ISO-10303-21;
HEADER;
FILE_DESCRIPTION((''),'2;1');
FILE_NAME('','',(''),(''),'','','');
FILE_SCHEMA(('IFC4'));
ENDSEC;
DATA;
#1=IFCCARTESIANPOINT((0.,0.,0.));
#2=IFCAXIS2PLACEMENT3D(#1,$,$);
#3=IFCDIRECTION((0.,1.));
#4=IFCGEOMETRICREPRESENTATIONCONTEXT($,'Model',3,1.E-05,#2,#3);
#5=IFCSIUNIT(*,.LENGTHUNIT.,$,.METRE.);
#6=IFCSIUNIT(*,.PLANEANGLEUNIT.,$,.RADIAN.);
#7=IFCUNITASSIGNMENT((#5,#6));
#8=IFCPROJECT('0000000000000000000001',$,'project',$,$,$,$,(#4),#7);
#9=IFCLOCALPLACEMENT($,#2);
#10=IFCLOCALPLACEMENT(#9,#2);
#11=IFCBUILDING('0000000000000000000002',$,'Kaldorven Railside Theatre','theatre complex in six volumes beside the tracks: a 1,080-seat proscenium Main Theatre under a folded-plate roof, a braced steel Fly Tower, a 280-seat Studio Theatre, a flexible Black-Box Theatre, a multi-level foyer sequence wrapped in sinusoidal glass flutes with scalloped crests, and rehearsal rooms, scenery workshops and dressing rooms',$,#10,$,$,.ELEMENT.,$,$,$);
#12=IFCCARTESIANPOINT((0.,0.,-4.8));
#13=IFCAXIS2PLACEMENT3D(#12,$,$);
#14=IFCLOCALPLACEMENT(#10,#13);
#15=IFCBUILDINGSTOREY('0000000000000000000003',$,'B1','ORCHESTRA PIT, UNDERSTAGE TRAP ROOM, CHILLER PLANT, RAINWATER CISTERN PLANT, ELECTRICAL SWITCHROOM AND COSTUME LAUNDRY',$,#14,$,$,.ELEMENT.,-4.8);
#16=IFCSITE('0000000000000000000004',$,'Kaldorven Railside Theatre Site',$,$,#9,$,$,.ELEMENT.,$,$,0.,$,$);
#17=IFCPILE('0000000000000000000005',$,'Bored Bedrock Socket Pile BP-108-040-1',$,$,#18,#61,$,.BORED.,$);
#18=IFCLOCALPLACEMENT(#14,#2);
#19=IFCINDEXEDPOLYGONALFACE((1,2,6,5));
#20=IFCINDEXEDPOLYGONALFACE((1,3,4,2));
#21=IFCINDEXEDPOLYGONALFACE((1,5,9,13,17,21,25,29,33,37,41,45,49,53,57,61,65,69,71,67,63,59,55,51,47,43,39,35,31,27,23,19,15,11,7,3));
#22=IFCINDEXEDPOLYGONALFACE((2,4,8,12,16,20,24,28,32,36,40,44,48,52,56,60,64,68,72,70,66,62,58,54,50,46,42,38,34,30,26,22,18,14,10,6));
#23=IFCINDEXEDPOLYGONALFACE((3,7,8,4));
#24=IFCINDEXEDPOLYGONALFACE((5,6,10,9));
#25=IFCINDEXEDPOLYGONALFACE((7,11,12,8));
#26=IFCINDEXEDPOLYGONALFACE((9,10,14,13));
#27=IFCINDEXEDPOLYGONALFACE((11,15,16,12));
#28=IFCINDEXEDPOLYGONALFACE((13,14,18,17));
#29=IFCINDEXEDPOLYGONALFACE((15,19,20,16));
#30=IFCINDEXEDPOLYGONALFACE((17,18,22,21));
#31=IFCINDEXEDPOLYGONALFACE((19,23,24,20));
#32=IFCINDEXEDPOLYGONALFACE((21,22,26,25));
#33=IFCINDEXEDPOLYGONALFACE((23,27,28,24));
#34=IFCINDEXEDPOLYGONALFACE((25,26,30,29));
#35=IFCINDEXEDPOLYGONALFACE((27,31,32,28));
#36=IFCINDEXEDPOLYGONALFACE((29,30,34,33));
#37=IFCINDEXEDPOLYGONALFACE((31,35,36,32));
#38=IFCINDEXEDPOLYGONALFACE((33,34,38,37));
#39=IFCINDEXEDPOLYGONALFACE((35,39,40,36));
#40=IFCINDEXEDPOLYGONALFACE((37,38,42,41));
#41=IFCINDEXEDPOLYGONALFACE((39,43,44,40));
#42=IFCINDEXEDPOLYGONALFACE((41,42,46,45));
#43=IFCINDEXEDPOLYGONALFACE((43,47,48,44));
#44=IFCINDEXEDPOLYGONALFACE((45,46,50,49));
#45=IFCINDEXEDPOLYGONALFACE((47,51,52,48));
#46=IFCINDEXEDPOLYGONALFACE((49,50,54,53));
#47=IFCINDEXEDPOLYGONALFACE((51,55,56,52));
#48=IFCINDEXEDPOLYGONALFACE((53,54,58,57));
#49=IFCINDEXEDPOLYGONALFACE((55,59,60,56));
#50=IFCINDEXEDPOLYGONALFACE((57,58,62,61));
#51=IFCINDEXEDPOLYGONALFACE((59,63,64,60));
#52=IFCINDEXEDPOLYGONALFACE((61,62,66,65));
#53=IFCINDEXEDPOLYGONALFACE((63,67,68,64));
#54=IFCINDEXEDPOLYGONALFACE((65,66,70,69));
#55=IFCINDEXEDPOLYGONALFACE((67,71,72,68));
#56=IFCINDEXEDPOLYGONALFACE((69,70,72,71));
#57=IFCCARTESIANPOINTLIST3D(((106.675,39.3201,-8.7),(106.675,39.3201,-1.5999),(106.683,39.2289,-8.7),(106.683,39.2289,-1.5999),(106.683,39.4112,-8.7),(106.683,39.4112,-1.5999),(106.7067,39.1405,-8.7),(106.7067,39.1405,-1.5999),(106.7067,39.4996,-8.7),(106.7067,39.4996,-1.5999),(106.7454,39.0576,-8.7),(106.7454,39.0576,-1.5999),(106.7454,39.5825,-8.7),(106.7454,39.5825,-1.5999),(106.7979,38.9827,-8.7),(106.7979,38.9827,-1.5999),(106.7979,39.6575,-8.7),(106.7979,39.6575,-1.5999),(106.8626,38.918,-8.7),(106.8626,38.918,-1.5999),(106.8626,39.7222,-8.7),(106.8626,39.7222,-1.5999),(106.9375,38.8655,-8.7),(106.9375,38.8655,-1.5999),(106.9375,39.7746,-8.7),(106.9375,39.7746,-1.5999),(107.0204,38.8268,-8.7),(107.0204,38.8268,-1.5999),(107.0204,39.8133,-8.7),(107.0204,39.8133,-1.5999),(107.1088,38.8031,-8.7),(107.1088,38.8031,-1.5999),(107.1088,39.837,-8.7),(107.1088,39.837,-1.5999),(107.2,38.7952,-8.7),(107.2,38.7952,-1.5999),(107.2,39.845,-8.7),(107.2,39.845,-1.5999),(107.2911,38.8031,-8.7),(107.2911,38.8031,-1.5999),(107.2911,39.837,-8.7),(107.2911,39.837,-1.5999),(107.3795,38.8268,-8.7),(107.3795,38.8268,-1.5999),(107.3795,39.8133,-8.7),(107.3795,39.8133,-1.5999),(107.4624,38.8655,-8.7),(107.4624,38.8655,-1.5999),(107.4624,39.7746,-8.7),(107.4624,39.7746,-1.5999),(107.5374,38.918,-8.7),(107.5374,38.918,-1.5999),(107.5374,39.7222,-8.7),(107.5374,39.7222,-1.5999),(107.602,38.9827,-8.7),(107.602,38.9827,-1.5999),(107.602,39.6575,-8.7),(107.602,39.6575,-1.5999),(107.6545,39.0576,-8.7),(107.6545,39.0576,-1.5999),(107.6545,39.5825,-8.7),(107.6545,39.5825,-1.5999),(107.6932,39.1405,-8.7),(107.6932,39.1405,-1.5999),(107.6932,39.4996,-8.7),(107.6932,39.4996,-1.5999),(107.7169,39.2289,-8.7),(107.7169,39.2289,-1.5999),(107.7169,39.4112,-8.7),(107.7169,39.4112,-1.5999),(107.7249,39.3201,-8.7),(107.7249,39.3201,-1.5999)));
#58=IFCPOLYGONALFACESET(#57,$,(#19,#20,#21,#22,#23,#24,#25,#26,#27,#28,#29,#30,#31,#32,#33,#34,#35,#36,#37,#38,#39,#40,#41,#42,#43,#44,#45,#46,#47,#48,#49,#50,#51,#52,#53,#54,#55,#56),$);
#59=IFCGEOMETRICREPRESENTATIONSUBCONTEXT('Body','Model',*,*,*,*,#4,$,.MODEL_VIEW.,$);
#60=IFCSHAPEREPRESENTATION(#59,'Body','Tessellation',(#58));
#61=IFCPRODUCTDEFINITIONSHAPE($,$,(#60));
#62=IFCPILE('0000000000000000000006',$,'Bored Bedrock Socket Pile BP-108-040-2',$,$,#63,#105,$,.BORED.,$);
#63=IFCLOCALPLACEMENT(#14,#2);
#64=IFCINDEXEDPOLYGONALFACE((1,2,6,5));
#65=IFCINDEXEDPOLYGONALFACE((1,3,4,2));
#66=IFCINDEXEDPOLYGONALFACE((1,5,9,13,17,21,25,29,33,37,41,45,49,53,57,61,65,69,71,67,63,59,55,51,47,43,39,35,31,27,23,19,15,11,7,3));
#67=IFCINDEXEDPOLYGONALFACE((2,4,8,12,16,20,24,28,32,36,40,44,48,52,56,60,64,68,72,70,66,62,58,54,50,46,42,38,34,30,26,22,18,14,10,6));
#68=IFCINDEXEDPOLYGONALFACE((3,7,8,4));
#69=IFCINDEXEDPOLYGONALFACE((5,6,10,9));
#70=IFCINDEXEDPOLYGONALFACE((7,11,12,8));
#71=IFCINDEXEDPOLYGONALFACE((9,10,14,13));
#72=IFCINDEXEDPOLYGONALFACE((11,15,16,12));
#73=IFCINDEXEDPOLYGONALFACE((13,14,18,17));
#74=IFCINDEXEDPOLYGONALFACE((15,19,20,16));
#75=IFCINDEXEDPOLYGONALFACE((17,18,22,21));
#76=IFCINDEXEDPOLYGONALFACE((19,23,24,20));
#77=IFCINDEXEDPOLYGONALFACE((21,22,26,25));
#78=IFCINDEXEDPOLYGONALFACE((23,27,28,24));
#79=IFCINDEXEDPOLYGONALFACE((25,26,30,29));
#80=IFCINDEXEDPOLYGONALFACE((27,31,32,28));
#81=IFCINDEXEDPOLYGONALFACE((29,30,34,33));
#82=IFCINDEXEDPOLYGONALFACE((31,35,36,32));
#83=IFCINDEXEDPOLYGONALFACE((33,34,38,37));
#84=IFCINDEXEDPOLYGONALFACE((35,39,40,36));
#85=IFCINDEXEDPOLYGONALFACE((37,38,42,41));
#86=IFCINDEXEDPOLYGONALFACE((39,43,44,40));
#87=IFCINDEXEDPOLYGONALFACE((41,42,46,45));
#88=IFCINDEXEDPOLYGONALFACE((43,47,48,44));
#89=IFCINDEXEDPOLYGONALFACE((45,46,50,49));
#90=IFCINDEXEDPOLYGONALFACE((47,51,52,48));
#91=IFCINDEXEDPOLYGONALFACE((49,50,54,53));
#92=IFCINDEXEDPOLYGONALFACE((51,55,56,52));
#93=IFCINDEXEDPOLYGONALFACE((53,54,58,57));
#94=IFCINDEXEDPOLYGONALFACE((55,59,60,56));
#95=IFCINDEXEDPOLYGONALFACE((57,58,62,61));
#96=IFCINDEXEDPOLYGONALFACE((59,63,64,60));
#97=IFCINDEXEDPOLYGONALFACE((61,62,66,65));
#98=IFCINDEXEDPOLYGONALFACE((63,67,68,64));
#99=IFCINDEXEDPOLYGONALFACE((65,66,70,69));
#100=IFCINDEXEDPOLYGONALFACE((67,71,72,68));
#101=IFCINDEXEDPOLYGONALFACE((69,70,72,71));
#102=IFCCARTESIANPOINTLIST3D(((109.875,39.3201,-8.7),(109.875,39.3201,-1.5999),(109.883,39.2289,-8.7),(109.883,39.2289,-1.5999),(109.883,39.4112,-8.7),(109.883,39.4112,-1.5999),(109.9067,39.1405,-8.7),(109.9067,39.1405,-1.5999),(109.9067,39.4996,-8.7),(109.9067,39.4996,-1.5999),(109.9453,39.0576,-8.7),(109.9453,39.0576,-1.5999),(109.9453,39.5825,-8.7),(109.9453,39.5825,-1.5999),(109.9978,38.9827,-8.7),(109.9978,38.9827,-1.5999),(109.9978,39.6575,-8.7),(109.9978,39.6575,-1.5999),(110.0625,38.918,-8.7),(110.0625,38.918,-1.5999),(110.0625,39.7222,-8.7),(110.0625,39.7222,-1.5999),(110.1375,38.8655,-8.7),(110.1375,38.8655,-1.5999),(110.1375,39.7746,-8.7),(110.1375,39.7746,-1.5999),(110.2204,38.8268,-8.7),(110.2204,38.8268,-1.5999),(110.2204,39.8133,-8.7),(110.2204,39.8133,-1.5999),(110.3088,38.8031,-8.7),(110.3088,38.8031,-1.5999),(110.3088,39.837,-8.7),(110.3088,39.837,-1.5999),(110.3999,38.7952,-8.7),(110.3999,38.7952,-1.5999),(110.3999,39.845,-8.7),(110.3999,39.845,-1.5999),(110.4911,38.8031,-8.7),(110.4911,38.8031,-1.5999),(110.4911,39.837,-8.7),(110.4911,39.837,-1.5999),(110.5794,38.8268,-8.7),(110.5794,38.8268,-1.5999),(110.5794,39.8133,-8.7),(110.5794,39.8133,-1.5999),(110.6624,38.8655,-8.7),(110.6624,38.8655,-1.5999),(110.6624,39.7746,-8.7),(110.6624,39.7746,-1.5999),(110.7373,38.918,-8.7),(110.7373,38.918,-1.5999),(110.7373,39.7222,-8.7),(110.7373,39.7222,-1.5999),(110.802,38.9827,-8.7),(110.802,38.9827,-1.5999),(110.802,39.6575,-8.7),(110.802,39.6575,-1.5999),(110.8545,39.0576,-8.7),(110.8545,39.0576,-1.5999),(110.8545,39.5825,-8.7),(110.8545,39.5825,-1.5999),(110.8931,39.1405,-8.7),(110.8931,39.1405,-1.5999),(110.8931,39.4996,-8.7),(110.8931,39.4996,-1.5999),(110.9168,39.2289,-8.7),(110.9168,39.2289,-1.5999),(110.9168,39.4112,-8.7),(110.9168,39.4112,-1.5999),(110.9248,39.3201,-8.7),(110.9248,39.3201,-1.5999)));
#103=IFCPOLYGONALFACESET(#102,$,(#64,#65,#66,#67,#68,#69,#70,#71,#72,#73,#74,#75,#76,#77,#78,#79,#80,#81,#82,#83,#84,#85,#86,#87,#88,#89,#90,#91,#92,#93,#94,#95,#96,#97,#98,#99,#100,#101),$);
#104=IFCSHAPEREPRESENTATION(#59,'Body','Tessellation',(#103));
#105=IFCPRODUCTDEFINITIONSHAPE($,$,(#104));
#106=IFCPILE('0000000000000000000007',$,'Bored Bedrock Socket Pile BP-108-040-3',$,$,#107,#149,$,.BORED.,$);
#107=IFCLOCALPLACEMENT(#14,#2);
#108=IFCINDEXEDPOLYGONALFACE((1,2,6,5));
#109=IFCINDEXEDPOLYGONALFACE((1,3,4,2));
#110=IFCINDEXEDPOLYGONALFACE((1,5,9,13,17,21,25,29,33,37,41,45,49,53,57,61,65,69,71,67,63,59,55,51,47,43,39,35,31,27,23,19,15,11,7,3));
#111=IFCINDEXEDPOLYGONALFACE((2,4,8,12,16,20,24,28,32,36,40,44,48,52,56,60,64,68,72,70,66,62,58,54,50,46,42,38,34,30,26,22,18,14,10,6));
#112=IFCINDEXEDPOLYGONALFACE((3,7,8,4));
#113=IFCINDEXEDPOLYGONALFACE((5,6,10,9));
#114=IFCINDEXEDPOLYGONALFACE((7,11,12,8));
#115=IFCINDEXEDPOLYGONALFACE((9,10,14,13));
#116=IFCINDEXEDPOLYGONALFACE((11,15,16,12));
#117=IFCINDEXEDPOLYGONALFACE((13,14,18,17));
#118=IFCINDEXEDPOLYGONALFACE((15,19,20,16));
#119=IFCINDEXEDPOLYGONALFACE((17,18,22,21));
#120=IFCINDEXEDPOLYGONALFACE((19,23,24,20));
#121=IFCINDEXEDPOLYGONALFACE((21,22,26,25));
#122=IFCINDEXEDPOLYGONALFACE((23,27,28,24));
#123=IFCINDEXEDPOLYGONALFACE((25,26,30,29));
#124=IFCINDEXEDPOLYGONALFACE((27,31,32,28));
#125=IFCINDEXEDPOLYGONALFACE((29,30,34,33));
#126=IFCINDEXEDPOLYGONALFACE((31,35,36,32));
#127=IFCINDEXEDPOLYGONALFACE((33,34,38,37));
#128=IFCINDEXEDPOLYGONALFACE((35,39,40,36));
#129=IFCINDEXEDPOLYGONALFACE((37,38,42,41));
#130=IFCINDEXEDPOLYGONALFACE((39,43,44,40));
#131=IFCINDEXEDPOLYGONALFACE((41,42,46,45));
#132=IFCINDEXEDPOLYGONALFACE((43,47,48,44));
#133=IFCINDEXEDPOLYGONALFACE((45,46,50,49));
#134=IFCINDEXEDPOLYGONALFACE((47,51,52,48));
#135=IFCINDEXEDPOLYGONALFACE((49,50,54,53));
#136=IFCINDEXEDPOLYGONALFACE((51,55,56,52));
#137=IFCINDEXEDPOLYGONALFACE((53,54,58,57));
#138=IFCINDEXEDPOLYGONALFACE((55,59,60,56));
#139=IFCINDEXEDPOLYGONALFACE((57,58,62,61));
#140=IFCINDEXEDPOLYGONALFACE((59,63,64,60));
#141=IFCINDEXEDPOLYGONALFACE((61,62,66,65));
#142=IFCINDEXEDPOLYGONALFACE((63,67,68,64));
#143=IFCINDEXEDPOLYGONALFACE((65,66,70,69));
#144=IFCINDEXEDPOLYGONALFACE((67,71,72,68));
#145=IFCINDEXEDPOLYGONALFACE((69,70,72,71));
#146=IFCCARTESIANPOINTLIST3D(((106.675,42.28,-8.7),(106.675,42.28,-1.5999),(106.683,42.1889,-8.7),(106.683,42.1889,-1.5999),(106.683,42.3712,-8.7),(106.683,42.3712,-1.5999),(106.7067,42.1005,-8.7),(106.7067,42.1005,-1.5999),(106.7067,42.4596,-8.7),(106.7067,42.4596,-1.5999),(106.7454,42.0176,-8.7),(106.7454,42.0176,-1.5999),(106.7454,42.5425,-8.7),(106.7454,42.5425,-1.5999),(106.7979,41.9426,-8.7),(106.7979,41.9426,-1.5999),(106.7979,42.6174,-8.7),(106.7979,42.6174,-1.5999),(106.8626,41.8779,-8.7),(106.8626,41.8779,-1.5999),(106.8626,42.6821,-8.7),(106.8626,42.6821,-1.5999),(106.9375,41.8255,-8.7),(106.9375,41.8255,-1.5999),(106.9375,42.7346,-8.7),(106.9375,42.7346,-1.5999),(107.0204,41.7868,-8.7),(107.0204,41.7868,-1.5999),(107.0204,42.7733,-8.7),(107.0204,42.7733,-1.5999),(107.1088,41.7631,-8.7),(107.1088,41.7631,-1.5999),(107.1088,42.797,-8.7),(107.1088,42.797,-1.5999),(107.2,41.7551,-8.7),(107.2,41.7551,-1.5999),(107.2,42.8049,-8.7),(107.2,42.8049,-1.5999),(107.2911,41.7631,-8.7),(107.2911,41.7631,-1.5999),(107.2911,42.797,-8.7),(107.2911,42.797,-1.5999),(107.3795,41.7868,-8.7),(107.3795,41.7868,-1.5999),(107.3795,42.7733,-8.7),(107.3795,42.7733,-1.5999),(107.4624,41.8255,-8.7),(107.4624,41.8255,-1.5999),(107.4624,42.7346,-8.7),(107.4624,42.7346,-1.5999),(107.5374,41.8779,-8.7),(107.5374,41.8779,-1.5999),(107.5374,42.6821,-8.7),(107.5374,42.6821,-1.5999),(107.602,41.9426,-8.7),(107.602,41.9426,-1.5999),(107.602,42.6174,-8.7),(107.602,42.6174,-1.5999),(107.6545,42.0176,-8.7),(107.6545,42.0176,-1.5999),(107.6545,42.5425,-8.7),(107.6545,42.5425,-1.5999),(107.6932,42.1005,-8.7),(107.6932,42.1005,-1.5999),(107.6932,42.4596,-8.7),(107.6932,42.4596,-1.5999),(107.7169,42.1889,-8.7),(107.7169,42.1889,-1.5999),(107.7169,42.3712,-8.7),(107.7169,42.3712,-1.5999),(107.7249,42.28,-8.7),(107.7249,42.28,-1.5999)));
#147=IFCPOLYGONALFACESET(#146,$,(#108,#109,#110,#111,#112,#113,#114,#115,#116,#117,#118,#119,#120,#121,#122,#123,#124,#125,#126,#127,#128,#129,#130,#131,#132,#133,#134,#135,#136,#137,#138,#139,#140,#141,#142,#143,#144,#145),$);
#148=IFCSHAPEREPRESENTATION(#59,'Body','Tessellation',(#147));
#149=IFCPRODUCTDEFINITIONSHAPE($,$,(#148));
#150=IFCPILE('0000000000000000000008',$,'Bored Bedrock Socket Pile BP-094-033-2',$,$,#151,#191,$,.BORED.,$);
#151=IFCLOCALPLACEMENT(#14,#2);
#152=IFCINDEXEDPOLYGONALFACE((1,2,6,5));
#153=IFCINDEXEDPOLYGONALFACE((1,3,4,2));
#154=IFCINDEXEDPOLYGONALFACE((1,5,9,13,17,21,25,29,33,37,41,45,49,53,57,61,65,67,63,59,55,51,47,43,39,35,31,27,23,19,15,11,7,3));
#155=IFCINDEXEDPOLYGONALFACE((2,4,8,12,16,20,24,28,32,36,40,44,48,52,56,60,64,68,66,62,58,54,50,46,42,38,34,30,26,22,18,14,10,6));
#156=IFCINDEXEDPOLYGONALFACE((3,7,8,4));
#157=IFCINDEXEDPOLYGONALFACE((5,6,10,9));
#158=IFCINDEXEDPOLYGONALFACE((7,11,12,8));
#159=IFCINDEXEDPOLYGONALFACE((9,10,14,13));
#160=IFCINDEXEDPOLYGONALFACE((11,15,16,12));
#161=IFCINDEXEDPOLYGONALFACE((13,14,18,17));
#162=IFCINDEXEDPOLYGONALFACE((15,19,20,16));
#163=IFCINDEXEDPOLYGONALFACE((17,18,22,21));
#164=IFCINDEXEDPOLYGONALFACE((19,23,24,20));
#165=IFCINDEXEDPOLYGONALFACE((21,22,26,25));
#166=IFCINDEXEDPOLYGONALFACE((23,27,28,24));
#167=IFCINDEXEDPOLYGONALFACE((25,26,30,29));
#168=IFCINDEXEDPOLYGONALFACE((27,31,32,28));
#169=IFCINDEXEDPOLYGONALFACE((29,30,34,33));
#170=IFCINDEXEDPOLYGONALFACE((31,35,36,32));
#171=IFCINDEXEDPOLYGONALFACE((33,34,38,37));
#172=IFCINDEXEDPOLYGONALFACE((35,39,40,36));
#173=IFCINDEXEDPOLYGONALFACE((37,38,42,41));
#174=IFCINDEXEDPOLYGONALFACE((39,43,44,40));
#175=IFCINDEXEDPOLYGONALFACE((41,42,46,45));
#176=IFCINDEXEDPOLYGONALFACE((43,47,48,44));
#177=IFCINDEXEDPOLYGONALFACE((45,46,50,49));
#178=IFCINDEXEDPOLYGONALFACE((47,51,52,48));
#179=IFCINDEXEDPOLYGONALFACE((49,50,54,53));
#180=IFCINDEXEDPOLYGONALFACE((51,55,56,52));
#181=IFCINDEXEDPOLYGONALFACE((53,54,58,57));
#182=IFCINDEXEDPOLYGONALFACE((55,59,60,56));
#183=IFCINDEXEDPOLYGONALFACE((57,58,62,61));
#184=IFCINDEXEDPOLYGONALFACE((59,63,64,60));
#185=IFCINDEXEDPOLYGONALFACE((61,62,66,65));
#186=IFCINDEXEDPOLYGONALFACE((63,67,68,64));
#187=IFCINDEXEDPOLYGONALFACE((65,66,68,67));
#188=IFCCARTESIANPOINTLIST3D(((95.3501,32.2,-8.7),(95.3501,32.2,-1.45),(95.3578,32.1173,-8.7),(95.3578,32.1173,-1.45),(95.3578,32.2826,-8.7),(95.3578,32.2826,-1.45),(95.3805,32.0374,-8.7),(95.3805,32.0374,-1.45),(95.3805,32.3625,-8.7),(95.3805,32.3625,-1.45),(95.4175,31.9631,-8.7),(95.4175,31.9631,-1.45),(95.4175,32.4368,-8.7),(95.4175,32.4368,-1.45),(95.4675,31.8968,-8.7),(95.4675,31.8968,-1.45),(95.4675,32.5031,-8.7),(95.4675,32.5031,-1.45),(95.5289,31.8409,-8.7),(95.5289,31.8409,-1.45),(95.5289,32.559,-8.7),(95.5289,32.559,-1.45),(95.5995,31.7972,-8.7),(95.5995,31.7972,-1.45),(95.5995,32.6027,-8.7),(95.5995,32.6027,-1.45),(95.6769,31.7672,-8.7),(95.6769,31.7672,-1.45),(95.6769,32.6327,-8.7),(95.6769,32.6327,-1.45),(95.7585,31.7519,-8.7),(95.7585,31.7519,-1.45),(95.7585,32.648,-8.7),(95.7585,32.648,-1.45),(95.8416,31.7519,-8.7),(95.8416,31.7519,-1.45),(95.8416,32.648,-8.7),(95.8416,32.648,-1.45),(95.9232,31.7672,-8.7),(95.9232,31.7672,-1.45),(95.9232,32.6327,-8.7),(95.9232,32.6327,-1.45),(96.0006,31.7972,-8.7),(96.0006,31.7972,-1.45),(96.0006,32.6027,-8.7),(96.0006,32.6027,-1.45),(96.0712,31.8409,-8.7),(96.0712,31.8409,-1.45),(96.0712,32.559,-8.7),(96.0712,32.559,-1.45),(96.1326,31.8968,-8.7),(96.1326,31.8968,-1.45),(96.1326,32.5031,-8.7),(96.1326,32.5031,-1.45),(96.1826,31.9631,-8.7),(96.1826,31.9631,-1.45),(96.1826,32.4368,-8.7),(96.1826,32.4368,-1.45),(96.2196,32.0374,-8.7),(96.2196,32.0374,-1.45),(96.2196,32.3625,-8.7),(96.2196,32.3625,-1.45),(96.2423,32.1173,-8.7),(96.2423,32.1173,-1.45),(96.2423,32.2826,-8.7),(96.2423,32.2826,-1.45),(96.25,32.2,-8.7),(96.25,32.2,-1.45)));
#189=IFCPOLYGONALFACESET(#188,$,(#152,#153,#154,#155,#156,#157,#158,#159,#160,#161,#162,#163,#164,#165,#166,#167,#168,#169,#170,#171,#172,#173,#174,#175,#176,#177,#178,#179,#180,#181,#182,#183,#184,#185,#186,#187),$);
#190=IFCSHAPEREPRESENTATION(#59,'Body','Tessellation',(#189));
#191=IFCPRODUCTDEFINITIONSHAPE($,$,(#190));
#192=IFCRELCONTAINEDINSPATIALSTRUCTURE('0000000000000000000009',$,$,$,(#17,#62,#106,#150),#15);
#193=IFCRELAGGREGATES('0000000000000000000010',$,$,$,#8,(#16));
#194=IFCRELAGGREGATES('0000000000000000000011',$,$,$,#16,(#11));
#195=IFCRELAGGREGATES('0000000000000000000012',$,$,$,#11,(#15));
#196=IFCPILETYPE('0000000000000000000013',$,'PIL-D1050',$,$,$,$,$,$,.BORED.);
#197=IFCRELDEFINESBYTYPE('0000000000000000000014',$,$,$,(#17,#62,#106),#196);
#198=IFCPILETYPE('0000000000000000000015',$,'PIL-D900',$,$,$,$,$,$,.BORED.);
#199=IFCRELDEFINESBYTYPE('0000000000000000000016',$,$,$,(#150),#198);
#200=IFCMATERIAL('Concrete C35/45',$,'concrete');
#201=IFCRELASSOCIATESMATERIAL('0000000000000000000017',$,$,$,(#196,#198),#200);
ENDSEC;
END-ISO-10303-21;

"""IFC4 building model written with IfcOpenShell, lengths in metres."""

from ifc_helpers import new_model, si_unit, direction, frame, origin, origin_2d, place, context, subcontext, project, spatial, circle, extrude, material, material_profile, profile_set, type_object, element, save


model = new_model("IFC4")

# Units and contexts
model_context = context("Model", 3, precision=1e-05, world=origin(), true_north=direction((0.0, 1.0)))
body_context = subcontext(model_context, "Body", "Model", "MODEL_VIEW")
ifc_project = project(units=[si_unit("LENGTHUNIT", "METRE"), si_unit("PLANEANGLEUNIT", "RADIAN")], contexts=[model_context])

# Site, building, storey
site_placement = place(None, origin())
site = spatial("IfcSite", under=ifc_project, at=site_placement, Name="Kaldorven Railside Theatre Site", CompositionType="ELEMENT", RefElevation=0.0)
building_placement = place(site_placement, origin())
building = spatial("IfcBuilding", under=site, at=building_placement, Name="Kaldorven Railside Theatre", Description="theatre complex in six volumes beside the tracks: a 1,080-seat proscenium Main Theatre under a folded-plate roof, a braced steel Fly Tower, a 280-seat Studio Theatre, a flexible Black-Box Theatre, a multi-level foyer sequence wrapped in sinusoidal glass flutes with scalloped crests, and rehearsal rooms, scenery workshops and dressing rooms", CompositionType="ELEMENT")
storey_placement = place(building_placement, frame((0.0, 0.0, -4.8)))
storey = spatial("IfcBuildingStorey", under=building, at=storey_placement, Name="B1", Description="ORCHESTRA PIT, UNDERSTAGE TRAP ROOM, CHILLER PLANT, RAINWATER CISTERN PLANT, ELECTRICAL SWITCHROOM AND COSTUME LAUNDRY", CompositionType="ELEMENT", Elevation=-4.8)

# Piles
ifc_material_1 = material(Name="Concrete C35/45", Category="concrete")
ifc_material_profile_1 = material_profile(ifc_material_1, circle(Radius=0.5249, at=origin_2d()), Name="BP D1050")
ifc_profile_set_1 = profile_set([ifc_material_profile_1], Name="Concrete C35/45")
pile_type_1 = type_object("IfcPileType", Name="PIL-D1050", PredefinedType="BORED", material=ifc_profile_set_1)
for number, where, z_axis, x_axis, name in (
    (1, (107.2, 39.3201, -1.5999), (0.0, 0.0, -1.0), (1.0, 0.0, 0.0), "Bored Bedrock Socket Pile BP-108-040-1"),
    (2, (110.3999, 39.3201, -1.5999), (0.0, 0.0, -1.0), (1.0, 0.0, 0.0), "Bored Bedrock Socket Pile BP-108-040-2"),
    (3, (107.2, 42.28, -1.5999), (0.0, 0.0, -1.0), (1.0, 0.0, 0.0), "Bored Bedrock Socket Pile BP-108-040-3"),
):
    element("IfcPile", number, at=place(storey_placement, frame(where, z_axis=z_axis, x_axis=x_axis)), inside=storey, type_object=pile_type_1, Name=name, PredefinedType="BORED", context=body_context, shape_type="SweptSolid", body=[
        extrude(circle(Radius=0.5249, at=origin_2d()), origin(), (0.0, 0.0, 1.0), 7.1001),
    ])
ifc_material_profile_2 = material_profile(ifc_material_1, circle(Radius=0.45, at=origin_2d()), Name="BP D900")
ifc_profile_set_2 = profile_set([ifc_material_profile_2], Name="Concrete C35/45")
pile_type_2 = type_object("IfcPileType", Name="PIL-D900", PredefinedType="BORED", material=ifc_profile_set_2)
for number, where, z_axis, x_axis, name in (
    (4, (95.8, 32.2, -1.45), (0.0, 0.0, -1.0), (1.0, 0.0, 0.0), "Bored Bedrock Socket Pile BP-094-033-2"),
):
    element("IfcPile", number, at=place(storey_placement, frame(where, z_axis=z_axis, x_axis=x_axis)), inside=storey, type_object=pile_type_2, Name=name, PredefinedType="BORED", context=body_context, shape_type="SweptSolid", body=[
        extrude(circle(Radius=0.45, at=origin_2d()), origin(), (0.0, 0.0, 1.0), 7.25),
    ])

save(model, "model.ifc")
